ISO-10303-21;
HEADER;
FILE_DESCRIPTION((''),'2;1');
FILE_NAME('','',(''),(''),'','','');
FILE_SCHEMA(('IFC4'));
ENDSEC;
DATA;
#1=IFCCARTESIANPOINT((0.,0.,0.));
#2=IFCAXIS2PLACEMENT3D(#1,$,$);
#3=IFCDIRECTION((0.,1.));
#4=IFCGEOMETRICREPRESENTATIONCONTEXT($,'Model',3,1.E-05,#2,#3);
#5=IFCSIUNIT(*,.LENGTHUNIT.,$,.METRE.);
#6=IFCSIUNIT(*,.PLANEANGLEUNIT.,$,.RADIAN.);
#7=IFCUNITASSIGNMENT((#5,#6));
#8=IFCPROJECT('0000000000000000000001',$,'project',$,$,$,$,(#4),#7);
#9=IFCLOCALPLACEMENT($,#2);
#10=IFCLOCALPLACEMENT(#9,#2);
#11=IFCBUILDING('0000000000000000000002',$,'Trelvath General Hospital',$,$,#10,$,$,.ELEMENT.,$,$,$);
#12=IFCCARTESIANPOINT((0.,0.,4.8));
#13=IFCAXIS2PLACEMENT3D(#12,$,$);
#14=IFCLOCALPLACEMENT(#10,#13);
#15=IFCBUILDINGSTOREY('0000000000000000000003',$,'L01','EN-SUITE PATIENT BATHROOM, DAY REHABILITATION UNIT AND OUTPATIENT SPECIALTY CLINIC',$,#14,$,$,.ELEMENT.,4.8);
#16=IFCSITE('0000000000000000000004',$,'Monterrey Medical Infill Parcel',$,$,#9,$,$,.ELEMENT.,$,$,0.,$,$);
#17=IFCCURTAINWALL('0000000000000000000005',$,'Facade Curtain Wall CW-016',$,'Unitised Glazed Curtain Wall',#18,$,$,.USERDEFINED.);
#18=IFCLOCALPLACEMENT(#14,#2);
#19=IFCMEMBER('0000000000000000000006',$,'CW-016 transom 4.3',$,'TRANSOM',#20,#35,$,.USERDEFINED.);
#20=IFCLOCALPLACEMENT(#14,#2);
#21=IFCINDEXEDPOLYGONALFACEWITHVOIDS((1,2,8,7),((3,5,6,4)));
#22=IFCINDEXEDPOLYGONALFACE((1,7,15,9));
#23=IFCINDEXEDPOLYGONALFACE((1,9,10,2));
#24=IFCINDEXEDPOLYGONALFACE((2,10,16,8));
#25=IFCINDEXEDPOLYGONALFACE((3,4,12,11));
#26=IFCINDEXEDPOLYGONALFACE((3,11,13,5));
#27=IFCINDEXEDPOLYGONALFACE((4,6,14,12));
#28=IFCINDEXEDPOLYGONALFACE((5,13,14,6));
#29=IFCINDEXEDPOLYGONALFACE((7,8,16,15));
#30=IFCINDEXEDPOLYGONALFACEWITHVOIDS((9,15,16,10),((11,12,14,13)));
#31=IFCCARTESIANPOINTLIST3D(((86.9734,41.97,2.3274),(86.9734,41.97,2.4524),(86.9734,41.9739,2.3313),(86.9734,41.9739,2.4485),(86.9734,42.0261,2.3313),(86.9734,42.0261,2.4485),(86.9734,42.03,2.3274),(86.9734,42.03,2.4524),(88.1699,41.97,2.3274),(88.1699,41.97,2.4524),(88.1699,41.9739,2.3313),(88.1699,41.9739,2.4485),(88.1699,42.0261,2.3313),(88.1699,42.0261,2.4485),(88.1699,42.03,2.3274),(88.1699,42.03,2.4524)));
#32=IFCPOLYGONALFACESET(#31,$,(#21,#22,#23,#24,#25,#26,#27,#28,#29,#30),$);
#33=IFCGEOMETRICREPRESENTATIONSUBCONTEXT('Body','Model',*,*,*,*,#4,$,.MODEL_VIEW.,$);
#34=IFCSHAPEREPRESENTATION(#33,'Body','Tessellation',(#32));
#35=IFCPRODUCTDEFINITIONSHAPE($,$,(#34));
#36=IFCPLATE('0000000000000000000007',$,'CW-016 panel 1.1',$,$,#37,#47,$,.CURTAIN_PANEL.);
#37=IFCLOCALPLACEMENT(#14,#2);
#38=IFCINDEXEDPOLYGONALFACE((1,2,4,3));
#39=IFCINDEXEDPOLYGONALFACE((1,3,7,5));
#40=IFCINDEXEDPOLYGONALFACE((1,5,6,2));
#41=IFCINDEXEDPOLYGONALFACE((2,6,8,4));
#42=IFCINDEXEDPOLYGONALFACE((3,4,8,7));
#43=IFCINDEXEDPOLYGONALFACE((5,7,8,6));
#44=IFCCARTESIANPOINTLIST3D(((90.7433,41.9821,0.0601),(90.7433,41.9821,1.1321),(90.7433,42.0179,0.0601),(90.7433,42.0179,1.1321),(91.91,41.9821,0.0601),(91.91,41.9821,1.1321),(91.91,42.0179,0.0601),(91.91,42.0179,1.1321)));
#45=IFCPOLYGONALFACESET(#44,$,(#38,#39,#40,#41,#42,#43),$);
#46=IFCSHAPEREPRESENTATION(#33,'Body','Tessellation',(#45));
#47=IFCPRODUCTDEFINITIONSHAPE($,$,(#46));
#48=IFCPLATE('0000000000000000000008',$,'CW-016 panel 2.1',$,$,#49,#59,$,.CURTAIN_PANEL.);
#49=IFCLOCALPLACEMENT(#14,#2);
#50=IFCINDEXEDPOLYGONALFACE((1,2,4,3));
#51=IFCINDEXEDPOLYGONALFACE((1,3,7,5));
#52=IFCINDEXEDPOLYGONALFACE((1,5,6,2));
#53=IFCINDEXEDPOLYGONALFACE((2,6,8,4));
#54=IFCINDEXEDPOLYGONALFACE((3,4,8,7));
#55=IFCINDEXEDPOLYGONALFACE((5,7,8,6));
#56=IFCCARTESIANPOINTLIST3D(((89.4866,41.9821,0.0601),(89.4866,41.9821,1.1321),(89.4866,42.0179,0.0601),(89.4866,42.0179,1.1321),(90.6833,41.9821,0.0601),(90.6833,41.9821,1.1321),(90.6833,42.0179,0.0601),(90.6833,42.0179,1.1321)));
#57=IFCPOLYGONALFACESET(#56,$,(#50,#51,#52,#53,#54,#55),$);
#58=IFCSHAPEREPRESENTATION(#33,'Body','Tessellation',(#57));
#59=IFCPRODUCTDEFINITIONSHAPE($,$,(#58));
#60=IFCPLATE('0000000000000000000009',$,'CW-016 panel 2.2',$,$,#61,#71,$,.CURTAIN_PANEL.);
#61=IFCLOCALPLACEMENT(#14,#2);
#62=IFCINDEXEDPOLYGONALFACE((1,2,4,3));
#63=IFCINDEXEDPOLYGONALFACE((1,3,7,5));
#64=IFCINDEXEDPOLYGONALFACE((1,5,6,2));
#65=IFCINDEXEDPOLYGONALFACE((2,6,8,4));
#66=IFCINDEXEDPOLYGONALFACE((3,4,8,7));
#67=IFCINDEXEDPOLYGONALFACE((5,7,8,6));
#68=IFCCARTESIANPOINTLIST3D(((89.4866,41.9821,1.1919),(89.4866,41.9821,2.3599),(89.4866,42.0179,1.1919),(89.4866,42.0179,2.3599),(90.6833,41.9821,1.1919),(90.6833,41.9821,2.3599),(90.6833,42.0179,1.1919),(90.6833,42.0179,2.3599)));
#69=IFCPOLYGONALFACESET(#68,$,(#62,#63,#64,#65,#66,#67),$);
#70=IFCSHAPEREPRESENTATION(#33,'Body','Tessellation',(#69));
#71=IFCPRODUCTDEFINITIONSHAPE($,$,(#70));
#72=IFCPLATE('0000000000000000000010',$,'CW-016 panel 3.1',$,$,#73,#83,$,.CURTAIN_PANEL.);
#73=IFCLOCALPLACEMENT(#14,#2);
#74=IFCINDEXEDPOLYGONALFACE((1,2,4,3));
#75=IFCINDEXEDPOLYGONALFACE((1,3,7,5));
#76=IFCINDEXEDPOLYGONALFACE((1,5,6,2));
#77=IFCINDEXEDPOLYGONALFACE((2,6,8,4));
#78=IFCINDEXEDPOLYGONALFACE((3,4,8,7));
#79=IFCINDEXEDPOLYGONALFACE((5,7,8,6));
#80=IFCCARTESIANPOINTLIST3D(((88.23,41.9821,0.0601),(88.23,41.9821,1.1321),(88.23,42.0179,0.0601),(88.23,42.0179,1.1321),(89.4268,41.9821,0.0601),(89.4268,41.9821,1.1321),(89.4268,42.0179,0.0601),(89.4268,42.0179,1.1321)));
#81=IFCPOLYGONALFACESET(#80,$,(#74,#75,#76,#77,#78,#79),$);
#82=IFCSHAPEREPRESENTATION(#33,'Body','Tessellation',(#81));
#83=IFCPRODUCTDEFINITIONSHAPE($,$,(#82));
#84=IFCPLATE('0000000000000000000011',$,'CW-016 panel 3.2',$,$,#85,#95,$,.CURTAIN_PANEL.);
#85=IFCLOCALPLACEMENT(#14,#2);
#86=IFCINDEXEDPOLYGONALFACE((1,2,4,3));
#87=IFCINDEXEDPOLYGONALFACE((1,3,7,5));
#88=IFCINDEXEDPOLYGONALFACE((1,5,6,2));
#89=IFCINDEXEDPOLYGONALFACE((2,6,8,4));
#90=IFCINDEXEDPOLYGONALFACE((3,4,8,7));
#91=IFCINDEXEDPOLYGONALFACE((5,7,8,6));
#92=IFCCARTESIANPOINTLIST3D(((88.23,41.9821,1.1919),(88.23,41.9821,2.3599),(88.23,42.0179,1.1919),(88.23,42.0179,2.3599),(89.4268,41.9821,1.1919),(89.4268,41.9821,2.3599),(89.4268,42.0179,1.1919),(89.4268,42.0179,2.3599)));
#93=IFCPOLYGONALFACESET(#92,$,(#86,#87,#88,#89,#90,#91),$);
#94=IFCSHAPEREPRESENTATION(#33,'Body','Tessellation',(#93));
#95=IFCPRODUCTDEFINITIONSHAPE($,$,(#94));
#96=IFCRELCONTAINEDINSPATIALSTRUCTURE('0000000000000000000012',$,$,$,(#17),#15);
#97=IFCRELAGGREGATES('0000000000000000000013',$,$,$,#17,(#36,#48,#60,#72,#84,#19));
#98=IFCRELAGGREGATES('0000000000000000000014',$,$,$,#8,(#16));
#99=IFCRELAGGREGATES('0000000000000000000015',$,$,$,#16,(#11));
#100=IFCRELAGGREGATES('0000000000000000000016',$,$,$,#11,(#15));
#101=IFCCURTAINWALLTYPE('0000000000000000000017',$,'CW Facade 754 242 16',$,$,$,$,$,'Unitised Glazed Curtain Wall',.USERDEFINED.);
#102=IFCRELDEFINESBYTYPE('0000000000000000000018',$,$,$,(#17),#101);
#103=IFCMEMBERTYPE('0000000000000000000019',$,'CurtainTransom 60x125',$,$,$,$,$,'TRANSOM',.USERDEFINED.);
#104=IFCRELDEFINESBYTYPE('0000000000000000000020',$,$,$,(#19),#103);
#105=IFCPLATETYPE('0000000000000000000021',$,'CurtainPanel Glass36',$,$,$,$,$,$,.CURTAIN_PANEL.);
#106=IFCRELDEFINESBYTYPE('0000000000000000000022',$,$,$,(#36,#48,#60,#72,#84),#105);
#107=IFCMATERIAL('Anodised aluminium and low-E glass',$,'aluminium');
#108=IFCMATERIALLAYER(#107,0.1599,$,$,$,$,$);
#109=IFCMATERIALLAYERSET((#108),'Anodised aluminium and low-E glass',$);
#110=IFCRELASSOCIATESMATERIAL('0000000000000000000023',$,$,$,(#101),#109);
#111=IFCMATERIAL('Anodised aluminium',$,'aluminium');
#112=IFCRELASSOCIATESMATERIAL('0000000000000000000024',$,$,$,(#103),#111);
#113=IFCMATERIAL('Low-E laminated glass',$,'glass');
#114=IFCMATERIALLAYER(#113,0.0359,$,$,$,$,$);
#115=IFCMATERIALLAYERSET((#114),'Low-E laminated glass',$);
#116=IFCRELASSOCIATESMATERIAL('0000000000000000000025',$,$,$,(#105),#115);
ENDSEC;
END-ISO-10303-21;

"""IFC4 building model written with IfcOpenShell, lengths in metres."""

from ifc_helpers import new_model, si_unit, direction, frame, origin, origin_2d, place, context, subcontext, project, spatial, rectangle, hollow_rectangle, extrude, material, layer, layer_set, material_profile, profile_set, type_object, element, aggregate, save


model = new_model("IFC4")

# Units and contexts
model_context = context("Model", 3, precision=1e-05, world=origin(), true_north=direction((0.0, 1.0)))
body_context = subcontext(model_context, "Body", "Model", "MODEL_VIEW")
ifc_project = project(units=[si_unit("LENGTHUNIT", "METRE"), si_unit("PLANEANGLEUNIT", "RADIAN")], contexts=[model_context])

# Site, building, storey
site_placement = place(None, origin())
site = spatial("IfcSite", under=ifc_project, at=site_placement, Name="Monterrey Medical Infill Parcel", CompositionType="ELEMENT", RefElevation=0.0)
building_placement = place(site_placement, origin())
building = spatial("IfcBuilding", under=site, at=building_placement, Name="Trelvath General Hospital", CompositionType="ELEMENT")
storey_placement = place(building_placement, frame((0.0, 0.0, 4.8)))
storey = spatial("IfcBuildingStorey", under=building, at=storey_placement, Name="L01", Description="EN-SUITE PATIENT BATHROOM, DAY REHABILITATION UNIT AND OUTPATIENT SPECIALTY CLINIC", CompositionType="ELEMENT", Elevation=4.8)

# Curtain wall, member, plates
ifc_material_1 = material(Name="Anodised aluminium and low-E glass", Category="aluminium")
ifc_layer_1 = layer(ifc_material_1, 0.1599)
ifc_layer_set_1 = layer_set([ifc_layer_1], Name="Anodised aluminium and low-E glass")
curtain_wall_type = type_object("IfcCurtainWallType", Name="CW Facade 754 242 16", ElementType="Unitised Glazed Curtain Wall", PredefinedType="USERDEFINED", material=ifc_layer_set_1)
curtain_wall_placement = place(storey_placement, origin())
curtain_wall = element("IfcCurtainWall", 1, at=curtain_wall_placement, inside=storey, type_object=curtain_wall_type, Name="Facade Curtain Wall CW-016", ObjectType="Unitised Glazed Curtain Wall", PredefinedType="USERDEFINED")
ifc_material_2 = material(Name="Anodised aluminium", Category="aluminium")
ifc_material_profile_1 = material_profile(ifc_material_2, hollow_rectangle(XDim=0.0601, YDim=0.125, WallThickness=0.0039, at=origin_2d()), Name="RHS60x125x4")
ifc_profile_set_1 = profile_set([ifc_material_profile_1], Name="Anodised aluminium")
member_type_1 = type_object("IfcMemberType", Name="CurtainTransom 60x125", ElementType="TRANSOM", PredefinedType="USERDEFINED", material=ifc_profile_set_1)
member_1_placement = place(storey_placement, frame((88.1699, 42.0, 2.3899), z_axis=(-1.0, 0.0, 0.0), x_axis=(0.0, -1.0, 0.0)))
member_1 = element("IfcMember", 2, at=member_1_placement, type_object=member_type_1, Name="CW-016 transom 4.3", ObjectType="TRANSOM", PredefinedType="USERDEFINED", context=body_context, shape_type="SweptSolid", body=[
    extrude(hollow_rectangle(XDim=0.0601, YDim=0.125, WallThickness=0.0039, at=origin_2d()), origin(), (0.0, 0.0, 1.0), 1.1965),
])
ifc_material_3 = material(Name="Low-E laminated glass", Category="glass")
ifc_layer_2 = layer(ifc_material_3, 0.0359)
ifc_layer_set_2 = layer_set([ifc_layer_2], Name="Low-E laminated glass")
plate_type = type_object("IfcPlateType", Name="CurtainPanel Glass36", PredefinedType="CURTAIN_PANEL", material=ifc_layer_set_2)
plate_1_placement = place(storey_placement, frame((91.3267, 42.0, 0.0601), z_axis=(0.0, 0.0, 1.0), x_axis=(-1.0, 0.0, 0.0)))
plate_1 = element("IfcPlate", 3, at=plate_1_placement, type_object=plate_type, Name="CW-016 panel 1.1", PredefinedType="CURTAIN_PANEL", context=body_context, shape_type="SweptSolid", body=[
    extrude(rectangle(XDim=1.1667, YDim=0.0359, at=origin_2d()), origin(), (0.0, 0.0, 1.0), 1.072),
])
plate_2_placement = place(storey_placement, frame((90.085, 42.0, 0.0601), z_axis=(0.0, 0.0, 1.0), x_axis=(-1.0, 0.0, 0.0)))
plate_2 = element("IfcPlate", 4, at=plate_2_placement, type_object=plate_type, Name="CW-016 panel 2.1", PredefinedType="CURTAIN_PANEL", context=body_context, shape_type="SweptSolid", body=[
    extrude(rectangle(XDim=1.1968, YDim=0.0359, at=origin_2d()), origin(), (0.0, 0.0, 1.0), 1.072),
])
plate_3_placement = place(storey_placement, frame((90.085, 42.0, 1.1919), z_axis=(0.0, 0.0, 1.0), x_axis=(-1.0, 0.0, 0.0)))
plate_3 = element("IfcPlate", 5, at=plate_3_placement, type_object=plate_type, Name="CW-016 panel 2.2", PredefinedType="CURTAIN_PANEL", context=body_context, shape_type="SweptSolid", body=[
    extrude(rectangle(XDim=1.1968, YDim=0.0359, at=origin_2d()), origin(), (0.0, 0.0, 1.0), 1.168),
])
plate_4_placement = place(storey_placement, frame((88.8284, 42.0, 0.0601), z_axis=(0.0, 0.0, 1.0), x_axis=(-1.0, 0.0, 0.0)))
plate_4 = element("IfcPlate", 6, at=plate_4_placement, type_object=plate_type, Name="CW-016 panel 3.1", PredefinedType="CURTAIN_PANEL", context=body_context, shape_type="SweptSolid", body=[
    extrude(rectangle(XDim=1.1968, YDim=0.0359, at=origin_2d()), origin(), (0.0, 0.0, 1.0), 1.072),
])
plate_5_placement = place(storey_placement, frame((88.8284, 42.0, 1.1919), z_axis=(0.0, 0.0, 1.0), x_axis=(-1.0, 0.0, 0.0)))
plate_5 = element("IfcPlate", 7, at=plate_5_placement, type_object=plate_type, Name="CW-016 panel 3.2", PredefinedType="CURTAIN_PANEL", context=body_context, shape_type="SweptSolid", body=[
    extrude(rectangle(XDim=1.1968, YDim=0.0359, at=origin_2d()), origin(), (0.0, 0.0, 1.0), 1.168),
])
aggregate(curtain_wall, [plate_1, plate_2, plate_3, plate_4, plate_5, member_1])

save(model, "model.ifc")
